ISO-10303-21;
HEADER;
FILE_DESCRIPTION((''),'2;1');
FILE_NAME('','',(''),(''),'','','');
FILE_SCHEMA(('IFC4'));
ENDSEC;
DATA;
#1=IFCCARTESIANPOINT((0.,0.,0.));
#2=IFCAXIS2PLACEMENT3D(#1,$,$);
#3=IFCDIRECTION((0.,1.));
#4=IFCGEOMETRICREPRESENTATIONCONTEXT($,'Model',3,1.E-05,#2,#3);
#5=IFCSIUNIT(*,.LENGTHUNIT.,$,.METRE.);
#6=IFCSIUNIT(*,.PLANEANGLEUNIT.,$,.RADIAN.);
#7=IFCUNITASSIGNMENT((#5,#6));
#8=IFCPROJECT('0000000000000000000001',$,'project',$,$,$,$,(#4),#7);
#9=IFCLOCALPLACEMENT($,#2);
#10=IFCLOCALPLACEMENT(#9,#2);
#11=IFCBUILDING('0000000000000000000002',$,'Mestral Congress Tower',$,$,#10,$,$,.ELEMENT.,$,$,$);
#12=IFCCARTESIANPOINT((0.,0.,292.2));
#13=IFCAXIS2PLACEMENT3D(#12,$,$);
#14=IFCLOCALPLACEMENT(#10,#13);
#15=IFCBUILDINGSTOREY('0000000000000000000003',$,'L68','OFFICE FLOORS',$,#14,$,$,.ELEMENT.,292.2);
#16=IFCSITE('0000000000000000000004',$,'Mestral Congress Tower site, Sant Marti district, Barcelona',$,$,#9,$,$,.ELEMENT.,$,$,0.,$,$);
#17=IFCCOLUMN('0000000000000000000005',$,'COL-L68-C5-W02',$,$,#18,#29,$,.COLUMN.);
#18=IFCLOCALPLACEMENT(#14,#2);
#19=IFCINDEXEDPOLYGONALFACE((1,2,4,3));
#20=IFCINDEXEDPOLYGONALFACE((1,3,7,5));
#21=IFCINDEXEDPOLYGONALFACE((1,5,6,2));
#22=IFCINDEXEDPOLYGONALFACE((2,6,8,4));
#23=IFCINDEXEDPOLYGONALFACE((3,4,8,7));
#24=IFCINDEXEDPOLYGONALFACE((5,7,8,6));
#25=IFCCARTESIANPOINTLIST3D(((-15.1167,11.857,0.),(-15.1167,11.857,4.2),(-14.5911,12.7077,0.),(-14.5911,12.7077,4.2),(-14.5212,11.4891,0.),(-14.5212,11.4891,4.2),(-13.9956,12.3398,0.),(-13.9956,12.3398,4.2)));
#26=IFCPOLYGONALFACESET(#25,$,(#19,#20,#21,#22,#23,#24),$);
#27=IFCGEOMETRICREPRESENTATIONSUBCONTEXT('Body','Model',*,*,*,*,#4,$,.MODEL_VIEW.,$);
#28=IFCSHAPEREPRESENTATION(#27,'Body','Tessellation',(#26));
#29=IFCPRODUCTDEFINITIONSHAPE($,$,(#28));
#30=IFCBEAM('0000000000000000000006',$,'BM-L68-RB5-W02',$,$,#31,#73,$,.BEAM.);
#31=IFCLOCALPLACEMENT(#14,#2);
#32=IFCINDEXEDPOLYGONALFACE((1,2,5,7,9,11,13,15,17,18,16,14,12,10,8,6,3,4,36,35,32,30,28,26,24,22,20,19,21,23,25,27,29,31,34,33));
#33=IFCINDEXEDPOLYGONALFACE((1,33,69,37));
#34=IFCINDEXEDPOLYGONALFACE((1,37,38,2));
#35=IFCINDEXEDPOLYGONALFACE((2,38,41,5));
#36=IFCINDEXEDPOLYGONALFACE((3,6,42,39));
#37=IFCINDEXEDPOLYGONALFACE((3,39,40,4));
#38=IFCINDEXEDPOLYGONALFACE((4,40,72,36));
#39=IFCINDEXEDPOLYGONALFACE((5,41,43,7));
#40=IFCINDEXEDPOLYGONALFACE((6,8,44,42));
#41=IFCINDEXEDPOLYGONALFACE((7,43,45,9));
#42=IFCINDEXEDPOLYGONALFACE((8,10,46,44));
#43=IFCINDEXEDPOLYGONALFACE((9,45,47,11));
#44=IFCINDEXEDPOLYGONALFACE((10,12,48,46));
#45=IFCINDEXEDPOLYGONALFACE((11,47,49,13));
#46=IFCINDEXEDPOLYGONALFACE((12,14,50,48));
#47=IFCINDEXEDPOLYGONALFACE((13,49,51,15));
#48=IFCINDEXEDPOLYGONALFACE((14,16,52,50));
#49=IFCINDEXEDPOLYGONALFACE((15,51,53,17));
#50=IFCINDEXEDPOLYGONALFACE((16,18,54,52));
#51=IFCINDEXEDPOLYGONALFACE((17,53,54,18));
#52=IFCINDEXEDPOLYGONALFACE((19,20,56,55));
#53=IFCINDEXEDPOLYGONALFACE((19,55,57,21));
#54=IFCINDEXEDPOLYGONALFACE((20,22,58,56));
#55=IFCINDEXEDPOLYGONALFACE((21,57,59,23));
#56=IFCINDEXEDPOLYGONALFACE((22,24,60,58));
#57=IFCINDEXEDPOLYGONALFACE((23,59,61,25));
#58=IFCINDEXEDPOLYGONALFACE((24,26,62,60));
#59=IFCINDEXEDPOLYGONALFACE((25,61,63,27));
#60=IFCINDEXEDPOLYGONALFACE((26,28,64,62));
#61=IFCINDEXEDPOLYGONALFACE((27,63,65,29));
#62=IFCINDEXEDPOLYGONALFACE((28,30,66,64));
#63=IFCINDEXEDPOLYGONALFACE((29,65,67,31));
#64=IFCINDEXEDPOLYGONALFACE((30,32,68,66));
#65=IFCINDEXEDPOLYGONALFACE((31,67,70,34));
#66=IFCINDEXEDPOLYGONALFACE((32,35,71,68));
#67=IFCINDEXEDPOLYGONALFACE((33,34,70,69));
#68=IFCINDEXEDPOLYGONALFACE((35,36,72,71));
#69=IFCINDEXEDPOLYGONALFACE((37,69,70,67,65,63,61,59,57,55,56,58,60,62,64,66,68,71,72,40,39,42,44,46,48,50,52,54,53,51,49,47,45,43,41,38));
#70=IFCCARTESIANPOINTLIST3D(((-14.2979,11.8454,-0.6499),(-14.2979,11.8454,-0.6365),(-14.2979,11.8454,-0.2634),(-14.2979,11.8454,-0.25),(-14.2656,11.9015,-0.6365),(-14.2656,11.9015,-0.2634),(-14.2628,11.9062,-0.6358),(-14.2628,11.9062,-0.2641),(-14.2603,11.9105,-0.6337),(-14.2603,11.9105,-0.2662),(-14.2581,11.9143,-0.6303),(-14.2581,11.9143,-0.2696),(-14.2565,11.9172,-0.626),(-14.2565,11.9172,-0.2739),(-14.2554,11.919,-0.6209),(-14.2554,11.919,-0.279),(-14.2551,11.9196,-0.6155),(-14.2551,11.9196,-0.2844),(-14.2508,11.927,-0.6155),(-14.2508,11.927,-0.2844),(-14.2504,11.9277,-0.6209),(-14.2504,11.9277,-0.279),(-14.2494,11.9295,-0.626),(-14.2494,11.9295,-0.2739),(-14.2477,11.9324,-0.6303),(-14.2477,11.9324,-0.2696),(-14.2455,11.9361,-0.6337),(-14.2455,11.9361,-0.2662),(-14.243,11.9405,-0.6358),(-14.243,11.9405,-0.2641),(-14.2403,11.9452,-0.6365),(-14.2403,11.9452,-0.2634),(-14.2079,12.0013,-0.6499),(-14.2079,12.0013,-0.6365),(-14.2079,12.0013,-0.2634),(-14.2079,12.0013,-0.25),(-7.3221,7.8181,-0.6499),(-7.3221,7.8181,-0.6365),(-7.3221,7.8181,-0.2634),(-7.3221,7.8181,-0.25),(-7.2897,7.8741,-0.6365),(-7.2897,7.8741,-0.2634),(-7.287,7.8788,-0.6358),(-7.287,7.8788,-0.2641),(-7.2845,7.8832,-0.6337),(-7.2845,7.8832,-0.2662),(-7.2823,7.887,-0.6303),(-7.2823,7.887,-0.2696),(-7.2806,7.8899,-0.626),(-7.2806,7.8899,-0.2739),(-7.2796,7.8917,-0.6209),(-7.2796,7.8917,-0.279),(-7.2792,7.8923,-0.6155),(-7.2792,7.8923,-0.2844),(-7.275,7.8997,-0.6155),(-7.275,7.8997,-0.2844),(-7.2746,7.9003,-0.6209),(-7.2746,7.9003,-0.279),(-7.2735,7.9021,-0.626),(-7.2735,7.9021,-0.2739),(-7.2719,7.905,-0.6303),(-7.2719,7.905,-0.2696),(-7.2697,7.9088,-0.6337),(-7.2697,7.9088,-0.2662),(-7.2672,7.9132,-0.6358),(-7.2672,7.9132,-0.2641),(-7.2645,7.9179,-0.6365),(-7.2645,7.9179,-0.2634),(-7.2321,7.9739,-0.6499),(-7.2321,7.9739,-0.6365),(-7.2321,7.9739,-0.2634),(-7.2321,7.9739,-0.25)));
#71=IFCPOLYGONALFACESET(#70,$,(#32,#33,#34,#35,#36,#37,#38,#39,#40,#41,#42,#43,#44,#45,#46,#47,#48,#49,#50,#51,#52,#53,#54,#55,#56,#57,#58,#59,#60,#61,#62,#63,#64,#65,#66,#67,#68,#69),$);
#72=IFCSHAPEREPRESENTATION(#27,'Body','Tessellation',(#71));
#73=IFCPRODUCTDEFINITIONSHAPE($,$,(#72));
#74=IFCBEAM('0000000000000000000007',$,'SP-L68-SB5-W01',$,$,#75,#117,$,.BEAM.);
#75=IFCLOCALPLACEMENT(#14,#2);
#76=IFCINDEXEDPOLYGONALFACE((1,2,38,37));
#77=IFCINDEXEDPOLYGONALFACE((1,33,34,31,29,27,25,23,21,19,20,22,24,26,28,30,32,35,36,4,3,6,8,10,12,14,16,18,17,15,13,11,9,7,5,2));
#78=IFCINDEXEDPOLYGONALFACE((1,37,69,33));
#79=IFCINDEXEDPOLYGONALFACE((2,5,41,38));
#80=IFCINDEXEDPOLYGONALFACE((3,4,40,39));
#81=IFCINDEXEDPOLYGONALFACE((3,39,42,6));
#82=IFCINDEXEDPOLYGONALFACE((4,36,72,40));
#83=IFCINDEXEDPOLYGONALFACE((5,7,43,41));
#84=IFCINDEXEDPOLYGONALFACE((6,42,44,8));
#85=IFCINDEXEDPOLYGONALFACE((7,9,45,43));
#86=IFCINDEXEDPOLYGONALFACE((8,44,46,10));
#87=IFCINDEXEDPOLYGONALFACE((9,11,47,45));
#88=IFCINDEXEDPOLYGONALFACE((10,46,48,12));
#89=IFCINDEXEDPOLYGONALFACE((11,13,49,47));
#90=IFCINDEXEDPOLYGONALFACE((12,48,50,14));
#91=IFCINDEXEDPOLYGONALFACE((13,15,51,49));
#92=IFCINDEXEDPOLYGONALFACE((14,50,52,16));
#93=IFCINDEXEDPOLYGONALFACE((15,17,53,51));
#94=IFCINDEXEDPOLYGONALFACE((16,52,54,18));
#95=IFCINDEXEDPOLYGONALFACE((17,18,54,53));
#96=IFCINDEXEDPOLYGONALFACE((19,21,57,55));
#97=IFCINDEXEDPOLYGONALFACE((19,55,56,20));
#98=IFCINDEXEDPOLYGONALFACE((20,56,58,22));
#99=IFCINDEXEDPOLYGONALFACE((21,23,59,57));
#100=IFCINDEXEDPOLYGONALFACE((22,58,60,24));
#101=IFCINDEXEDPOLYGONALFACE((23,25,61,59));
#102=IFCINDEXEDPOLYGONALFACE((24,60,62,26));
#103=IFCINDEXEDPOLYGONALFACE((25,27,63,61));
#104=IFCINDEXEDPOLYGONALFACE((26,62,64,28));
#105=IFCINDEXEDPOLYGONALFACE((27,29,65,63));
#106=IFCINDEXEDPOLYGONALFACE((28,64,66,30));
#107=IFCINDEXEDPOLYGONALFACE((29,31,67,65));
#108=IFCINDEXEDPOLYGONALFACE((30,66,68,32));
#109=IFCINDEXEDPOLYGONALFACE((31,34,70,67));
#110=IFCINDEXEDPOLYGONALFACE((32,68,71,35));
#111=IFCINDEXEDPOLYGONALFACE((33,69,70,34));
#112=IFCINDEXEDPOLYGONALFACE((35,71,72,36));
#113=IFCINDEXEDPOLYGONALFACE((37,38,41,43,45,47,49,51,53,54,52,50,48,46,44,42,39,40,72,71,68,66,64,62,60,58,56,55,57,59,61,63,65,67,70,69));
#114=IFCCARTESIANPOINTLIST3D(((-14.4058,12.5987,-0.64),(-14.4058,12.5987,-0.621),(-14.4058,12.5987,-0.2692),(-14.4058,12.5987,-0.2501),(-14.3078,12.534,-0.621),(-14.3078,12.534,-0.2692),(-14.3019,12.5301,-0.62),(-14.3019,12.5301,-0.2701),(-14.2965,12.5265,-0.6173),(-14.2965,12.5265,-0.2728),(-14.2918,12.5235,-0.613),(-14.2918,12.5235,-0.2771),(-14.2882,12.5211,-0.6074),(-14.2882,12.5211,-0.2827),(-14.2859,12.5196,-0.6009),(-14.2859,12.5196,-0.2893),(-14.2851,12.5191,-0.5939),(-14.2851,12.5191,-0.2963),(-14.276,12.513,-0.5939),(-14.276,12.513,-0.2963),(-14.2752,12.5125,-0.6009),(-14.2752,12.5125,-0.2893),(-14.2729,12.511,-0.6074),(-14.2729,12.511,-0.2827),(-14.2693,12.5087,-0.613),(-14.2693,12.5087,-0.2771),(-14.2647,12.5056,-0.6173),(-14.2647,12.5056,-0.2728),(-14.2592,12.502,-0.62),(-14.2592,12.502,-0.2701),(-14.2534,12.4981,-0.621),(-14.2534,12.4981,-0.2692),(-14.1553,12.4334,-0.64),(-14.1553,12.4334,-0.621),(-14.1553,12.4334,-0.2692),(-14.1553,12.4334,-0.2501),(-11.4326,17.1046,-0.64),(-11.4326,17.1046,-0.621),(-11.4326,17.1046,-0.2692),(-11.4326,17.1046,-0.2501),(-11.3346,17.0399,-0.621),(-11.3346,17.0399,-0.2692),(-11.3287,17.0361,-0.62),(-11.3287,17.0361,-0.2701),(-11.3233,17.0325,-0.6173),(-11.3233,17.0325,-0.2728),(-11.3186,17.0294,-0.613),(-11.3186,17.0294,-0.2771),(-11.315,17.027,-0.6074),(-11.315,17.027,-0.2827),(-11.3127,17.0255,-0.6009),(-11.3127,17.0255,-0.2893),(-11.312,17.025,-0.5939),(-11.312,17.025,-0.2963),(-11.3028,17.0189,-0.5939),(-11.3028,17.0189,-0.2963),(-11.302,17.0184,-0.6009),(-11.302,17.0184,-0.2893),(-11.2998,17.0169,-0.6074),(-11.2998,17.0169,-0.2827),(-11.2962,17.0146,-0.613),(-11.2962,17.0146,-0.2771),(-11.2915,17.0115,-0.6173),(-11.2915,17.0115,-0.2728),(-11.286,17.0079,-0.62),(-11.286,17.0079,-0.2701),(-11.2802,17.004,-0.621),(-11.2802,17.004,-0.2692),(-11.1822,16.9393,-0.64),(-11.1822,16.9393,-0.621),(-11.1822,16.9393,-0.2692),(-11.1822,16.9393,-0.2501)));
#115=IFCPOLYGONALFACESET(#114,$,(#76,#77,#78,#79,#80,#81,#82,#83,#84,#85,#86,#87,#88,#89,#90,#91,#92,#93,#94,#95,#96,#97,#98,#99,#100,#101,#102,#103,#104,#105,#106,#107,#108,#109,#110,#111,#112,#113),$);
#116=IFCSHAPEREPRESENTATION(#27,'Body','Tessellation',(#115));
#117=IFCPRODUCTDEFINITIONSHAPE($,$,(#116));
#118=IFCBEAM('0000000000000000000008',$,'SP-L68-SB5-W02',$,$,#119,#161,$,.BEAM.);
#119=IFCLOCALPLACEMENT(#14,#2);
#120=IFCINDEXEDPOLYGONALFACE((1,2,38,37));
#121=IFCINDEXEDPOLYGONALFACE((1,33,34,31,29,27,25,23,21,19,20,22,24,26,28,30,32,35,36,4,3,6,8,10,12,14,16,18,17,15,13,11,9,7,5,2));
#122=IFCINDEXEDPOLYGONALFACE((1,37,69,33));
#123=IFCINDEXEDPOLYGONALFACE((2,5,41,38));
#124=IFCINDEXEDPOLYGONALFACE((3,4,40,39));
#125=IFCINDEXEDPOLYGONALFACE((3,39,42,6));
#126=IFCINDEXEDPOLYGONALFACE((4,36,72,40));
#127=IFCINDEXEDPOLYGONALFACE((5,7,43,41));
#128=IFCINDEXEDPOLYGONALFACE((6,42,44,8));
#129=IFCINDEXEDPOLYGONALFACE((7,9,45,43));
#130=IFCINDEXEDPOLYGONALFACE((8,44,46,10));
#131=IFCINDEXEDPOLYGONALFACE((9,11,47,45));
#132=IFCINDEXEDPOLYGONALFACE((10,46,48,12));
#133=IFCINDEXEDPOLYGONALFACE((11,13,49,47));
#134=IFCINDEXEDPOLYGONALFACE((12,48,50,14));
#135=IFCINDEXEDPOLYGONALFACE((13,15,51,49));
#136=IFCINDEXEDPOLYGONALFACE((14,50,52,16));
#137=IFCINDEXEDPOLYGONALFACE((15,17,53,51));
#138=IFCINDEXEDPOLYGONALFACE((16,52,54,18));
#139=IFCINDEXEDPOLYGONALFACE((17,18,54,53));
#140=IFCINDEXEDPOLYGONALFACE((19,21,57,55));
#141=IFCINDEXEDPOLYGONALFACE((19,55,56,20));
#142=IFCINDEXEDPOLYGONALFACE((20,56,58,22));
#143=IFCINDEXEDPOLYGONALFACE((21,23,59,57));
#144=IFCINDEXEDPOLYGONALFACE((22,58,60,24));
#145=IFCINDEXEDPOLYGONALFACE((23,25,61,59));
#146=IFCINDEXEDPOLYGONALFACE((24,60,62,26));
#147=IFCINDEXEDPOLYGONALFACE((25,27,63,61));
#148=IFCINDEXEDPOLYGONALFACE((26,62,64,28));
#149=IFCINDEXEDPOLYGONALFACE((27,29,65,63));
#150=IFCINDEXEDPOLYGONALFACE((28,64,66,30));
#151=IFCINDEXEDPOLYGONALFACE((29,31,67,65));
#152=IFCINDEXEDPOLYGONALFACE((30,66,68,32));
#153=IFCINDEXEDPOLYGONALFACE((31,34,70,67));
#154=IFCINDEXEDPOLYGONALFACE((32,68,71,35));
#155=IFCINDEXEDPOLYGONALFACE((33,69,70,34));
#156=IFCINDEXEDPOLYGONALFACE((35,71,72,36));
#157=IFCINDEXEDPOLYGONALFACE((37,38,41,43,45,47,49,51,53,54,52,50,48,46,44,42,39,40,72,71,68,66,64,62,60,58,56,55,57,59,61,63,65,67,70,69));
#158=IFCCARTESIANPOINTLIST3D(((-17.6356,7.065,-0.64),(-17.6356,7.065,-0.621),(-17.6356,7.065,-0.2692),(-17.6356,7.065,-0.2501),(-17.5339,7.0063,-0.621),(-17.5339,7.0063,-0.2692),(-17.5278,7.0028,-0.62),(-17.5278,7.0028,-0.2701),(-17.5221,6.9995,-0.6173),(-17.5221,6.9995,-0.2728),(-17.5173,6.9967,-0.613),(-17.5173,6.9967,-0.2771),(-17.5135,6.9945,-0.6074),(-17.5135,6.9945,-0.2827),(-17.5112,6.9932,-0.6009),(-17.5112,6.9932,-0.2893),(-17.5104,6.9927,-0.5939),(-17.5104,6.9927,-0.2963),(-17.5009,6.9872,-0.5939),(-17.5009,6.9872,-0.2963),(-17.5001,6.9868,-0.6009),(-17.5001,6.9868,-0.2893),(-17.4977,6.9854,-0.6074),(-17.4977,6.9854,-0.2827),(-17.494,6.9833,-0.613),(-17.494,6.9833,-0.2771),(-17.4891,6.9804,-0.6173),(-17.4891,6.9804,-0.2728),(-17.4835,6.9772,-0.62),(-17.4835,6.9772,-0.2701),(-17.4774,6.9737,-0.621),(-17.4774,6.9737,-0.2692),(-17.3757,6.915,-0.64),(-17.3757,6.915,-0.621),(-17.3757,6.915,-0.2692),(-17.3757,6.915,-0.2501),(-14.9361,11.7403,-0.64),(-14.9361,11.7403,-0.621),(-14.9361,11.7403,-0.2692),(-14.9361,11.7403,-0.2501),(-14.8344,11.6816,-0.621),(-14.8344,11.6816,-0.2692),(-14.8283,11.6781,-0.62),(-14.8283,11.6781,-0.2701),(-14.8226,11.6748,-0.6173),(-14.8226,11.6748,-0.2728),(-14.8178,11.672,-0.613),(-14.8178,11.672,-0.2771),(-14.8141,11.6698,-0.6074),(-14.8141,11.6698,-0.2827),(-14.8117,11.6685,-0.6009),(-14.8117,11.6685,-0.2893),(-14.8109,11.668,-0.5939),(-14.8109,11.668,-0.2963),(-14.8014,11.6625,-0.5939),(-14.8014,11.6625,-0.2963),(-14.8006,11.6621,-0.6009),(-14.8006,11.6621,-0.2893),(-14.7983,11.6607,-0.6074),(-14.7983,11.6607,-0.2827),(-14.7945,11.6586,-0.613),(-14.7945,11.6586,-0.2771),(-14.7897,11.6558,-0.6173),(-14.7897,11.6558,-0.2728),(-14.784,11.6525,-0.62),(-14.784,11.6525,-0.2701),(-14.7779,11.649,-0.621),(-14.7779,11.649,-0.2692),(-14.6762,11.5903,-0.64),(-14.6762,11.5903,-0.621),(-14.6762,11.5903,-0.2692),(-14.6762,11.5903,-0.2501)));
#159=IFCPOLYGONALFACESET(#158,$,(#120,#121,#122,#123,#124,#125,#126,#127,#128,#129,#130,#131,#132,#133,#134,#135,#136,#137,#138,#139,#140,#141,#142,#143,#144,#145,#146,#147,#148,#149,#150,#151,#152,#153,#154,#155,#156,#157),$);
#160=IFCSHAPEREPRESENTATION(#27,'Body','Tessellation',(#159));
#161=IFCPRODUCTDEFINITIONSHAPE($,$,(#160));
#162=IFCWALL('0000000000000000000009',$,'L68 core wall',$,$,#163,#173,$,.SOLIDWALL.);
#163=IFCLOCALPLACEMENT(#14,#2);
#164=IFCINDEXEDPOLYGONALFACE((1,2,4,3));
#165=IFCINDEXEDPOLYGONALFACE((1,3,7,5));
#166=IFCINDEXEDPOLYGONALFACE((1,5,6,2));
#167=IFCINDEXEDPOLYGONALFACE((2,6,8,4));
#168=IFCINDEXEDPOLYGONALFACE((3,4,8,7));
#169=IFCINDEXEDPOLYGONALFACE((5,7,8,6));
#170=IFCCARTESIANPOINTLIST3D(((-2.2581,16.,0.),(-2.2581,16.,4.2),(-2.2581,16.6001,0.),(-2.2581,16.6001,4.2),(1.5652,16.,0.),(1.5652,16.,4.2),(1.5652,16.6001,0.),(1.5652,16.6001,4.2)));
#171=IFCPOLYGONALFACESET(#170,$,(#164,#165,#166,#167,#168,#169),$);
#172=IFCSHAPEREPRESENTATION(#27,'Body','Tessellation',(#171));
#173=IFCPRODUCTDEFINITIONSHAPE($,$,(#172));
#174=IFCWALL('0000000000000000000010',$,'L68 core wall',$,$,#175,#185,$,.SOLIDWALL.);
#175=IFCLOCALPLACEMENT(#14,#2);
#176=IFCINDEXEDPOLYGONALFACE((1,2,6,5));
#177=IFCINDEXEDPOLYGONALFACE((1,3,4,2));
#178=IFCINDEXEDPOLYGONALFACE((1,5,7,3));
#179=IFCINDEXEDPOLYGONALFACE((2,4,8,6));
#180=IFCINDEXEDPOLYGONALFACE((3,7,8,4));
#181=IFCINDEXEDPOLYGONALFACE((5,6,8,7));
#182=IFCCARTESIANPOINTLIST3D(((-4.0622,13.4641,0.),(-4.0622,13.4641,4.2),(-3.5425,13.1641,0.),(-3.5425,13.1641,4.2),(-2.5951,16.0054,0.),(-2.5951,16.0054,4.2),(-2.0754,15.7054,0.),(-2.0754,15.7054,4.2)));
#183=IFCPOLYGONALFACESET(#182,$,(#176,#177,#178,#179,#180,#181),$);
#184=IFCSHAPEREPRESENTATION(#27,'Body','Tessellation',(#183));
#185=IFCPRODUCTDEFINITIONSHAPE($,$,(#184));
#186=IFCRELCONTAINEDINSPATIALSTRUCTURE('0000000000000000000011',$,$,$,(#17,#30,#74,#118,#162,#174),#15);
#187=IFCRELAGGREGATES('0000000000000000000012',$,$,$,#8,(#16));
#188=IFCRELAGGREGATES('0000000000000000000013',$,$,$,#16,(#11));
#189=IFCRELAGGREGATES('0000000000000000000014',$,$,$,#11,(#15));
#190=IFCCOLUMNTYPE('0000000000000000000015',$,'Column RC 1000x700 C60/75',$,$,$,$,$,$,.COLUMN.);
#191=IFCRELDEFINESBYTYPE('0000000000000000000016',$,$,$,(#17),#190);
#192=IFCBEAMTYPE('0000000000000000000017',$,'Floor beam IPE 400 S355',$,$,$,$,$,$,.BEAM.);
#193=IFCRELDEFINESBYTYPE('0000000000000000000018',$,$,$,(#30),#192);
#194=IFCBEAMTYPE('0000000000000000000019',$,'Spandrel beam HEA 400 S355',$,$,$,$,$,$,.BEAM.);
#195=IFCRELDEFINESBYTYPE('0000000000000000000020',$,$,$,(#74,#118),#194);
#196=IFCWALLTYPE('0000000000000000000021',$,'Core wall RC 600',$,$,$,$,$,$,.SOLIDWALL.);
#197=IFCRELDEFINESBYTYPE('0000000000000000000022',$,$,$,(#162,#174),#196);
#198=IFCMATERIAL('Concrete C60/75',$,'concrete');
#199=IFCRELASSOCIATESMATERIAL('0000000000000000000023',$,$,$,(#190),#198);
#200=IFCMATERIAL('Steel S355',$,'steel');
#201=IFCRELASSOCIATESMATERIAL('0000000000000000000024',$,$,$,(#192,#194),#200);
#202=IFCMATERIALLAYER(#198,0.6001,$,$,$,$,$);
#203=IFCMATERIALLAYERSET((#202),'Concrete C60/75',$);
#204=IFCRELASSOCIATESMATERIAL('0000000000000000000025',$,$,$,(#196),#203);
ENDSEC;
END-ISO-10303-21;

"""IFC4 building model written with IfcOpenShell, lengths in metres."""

from ifc_helpers import new_model, si_unit, direction, frame, frame_2d, origin, origin_2d, place, context, subcontext, project, spatial, rectangle, i_section, extrude, material, layer, layer_set, material_profile, profile_set, type_object, element, save


model = new_model("IFC4")

# Units and contexts
model_context = context("Model", 3, precision=1e-05, world=origin(), true_north=direction((0.0, 1.0)))
body_context = subcontext(model_context, "Body", "Model", "MODEL_VIEW")
ifc_project = project(units=[si_unit("LENGTHUNIT", "METRE"), si_unit("PLANEANGLEUNIT", "RADIAN")], contexts=[model_context])

# Site, building, storey
site_placement = place(None, origin())
site = spatial("IfcSite", under=ifc_project, at=site_placement, Name="Mestral Congress Tower site, Sant Marti district, Barcelona", CompositionType="ELEMENT", RefElevation=0.0)
building_placement = place(site_placement, origin())
building = spatial("IfcBuilding", under=site, at=building_placement, Name="Mestral Congress Tower", CompositionType="ELEMENT")
storey_placement = place(building_placement, frame((0.0, 0.0, 292.2)))
storey = spatial("IfcBuildingStorey", under=building, at=storey_placement, Name="L68", Description="OFFICE FLOORS", CompositionType="ELEMENT", Elevation=292.2)

# Column
ifc_material_1 = material(Name="Concrete C60/75", Category="concrete")
ifc_material_profile_1 = material_profile(ifc_material_1, rectangle(XDim=1.0, YDim=0.7, at=origin_2d()), Name="RC 1000x700")
ifc_profile_set_1 = profile_set([ifc_material_profile_1], Name="Concrete C60/75")
column_type = type_object("IfcColumnType", Name="Column RC 1000x700 C60/75", PredefinedType="COLUMN", material=ifc_profile_set_1)
column_placement = place(storey_placement, frame((-14.5562, 12.0984, 0.0), z_axis=(0.0, 0.0, 1.0), x_axis=(-0.52561, -0.850726, 0.0)))
element("IfcColumn", 1, at=column_placement, inside=storey, type_object=column_type, Name="COL-L68-C5-W02", PredefinedType="COLUMN", context=body_context, shape_type="SweptSolid", body=[
    extrude(rectangle(XDim=1.0, YDim=0.7, at=origin_2d()), origin(), (0.0, 0.0, 1.0), 4.2),
])

# Beams
ifc_material_2 = material(Name="Steel S355", Category="steel")
ifc_material_profile_2 = material_profile(ifc_material_2, i_section(OverallWidth=0.1799, OverallDepth=0.3999, WebThickness=0.0085, FlangeThickness=0.0134, FilletRadius=0.021, at=origin_2d()), Name="IPE 400")
ifc_profile_set_2 = profile_set([ifc_material_profile_2], Name="Steel S355")
beam_type_1 = type_object("IfcBeamType", Name="Floor beam IPE 400 S355", PredefinedType="BEAM", material=ifc_profile_set_2)
beam_1_placement = place(storey_placement, frame((-14.2529, 11.9233, -0.45), z_axis=(0.866034, -0.499986, 0.0), x_axis=(0.499986, 0.866034, 0.0)))
element("IfcBeam", 2, at=beam_1_placement, inside=storey, type_object=beam_type_1, Name="BM-L68-RB5-W02", PredefinedType="BEAM", context=body_context, shape_type="SweptSolid", body=[
    extrude(i_section(OverallWidth=0.1799, OverallDepth=0.3999, WebThickness=0.0085, FlangeThickness=0.0134, FilletRadius=0.021, at=origin_2d()), origin(), (0.0, 0.0, 1.0), 8.0549),
])
ifc_material_profile_3 = material_profile(ifc_material_2, i_section(OverallWidth=0.3, OverallDepth=0.3899, WebThickness=0.011, FlangeThickness=0.019, FilletRadius=0.0271, at=origin_2d()), Name="HEA 400")
ifc_profile_set_3 = profile_set([ifc_material_profile_3], Name="Steel S355")
beam_type_2 = type_object("IfcBeamType", Name="Spandrel beam HEA 400 S355", PredefinedType="BEAM", material=ifc_profile_set_3)
beam_2_placement = place(storey_placement, frame((-11.3074, 17.022, -0.4451), z_axis=(-0.550749, -0.834671, 0.0), x_axis=(0.834671, -0.550749, 0.0)))
element("IfcBeam", 3, at=beam_2_placement, inside=storey, type_object=beam_type_2, Name="SP-L68-SB5-W01", PredefinedType="BEAM", context=body_context, shape_type="SweptSolid", body=[
    extrude(i_section(OverallWidth=0.3, OverallDepth=0.3899, WebThickness=0.011, FlangeThickness=0.019, FilletRadius=0.0271, at=origin_2d()), origin(), (0.0, 0.0, 1.0), 5.3984),
])
beam_3_placement = place(storey_placement, frame((-14.8062, 11.6653, -0.4451), z_axis=(-0.500025, -0.866011, 0.0), x_axis=(0.866011, -0.500025, 0.0)))
element("IfcBeam", 4, at=beam_3_placement, inside=storey, type_object=beam_type_2, Name="SP-L68-SB5-W02", PredefinedType="BEAM", context=body_context, shape_type="SweptSolid", body=[
    extrude(i_section(OverallWidth=0.3, OverallDepth=0.3899, WebThickness=0.011, FlangeThickness=0.019, FilletRadius=0.0271, at=origin_2d()), origin(), (0.0, 0.0, 1.0), 5.3987),
])

# Walls
ifc_layer_1 = layer(ifc_material_1, 0.6001)
ifc_layer_set_1 = layer_set([ifc_layer_1], Name="Concrete C60/75")
wall_type_1 = type_object("IfcWallType", Name="Core wall RC 600", PredefinedType="SOLIDWALL", material=ifc_layer_set_1)
wall_1_placement = place(storey_placement, frame((-2.2581, 16.3, 0.0), z_axis=(0.0, 0.0, 1.0), x_axis=(1.0, 0.0, 0.0)))
element("IfcWall", 5, at=wall_1_placement, inside=storey, type_object=wall_type_1, Name="L68 core wall", PredefinedType="SOLIDWALL", context=body_context, shape_type="SweptSolid", body=[
    extrude(rectangle(XDim=3.8232, YDim=0.6001, at=frame_2d((1.9116, 0.0))), origin(), (0.0, 0.0, 1.0), 4.2),
])
wall_2_placement = place(storey_placement, frame((-2.3352, 15.8555, 0.0), z_axis=(0.0, 0.0, 1.0), x_axis=(-0.49996, -0.866048, 0.0)))
element("IfcWall", 6, at=wall_2_placement, inside=storey, type_object=wall_type_1, Name="L68 core wall", PredefinedType="SOLIDWALL", context=body_context, shape_type="SweptSolid", body=[
    extrude(rectangle(XDim=2.9343, YDim=0.6001, at=frame_2d((1.4673, 0.0))), origin(), (0.0, 0.0, 1.0), 4.2),
])

save(model, "model.ifc")
